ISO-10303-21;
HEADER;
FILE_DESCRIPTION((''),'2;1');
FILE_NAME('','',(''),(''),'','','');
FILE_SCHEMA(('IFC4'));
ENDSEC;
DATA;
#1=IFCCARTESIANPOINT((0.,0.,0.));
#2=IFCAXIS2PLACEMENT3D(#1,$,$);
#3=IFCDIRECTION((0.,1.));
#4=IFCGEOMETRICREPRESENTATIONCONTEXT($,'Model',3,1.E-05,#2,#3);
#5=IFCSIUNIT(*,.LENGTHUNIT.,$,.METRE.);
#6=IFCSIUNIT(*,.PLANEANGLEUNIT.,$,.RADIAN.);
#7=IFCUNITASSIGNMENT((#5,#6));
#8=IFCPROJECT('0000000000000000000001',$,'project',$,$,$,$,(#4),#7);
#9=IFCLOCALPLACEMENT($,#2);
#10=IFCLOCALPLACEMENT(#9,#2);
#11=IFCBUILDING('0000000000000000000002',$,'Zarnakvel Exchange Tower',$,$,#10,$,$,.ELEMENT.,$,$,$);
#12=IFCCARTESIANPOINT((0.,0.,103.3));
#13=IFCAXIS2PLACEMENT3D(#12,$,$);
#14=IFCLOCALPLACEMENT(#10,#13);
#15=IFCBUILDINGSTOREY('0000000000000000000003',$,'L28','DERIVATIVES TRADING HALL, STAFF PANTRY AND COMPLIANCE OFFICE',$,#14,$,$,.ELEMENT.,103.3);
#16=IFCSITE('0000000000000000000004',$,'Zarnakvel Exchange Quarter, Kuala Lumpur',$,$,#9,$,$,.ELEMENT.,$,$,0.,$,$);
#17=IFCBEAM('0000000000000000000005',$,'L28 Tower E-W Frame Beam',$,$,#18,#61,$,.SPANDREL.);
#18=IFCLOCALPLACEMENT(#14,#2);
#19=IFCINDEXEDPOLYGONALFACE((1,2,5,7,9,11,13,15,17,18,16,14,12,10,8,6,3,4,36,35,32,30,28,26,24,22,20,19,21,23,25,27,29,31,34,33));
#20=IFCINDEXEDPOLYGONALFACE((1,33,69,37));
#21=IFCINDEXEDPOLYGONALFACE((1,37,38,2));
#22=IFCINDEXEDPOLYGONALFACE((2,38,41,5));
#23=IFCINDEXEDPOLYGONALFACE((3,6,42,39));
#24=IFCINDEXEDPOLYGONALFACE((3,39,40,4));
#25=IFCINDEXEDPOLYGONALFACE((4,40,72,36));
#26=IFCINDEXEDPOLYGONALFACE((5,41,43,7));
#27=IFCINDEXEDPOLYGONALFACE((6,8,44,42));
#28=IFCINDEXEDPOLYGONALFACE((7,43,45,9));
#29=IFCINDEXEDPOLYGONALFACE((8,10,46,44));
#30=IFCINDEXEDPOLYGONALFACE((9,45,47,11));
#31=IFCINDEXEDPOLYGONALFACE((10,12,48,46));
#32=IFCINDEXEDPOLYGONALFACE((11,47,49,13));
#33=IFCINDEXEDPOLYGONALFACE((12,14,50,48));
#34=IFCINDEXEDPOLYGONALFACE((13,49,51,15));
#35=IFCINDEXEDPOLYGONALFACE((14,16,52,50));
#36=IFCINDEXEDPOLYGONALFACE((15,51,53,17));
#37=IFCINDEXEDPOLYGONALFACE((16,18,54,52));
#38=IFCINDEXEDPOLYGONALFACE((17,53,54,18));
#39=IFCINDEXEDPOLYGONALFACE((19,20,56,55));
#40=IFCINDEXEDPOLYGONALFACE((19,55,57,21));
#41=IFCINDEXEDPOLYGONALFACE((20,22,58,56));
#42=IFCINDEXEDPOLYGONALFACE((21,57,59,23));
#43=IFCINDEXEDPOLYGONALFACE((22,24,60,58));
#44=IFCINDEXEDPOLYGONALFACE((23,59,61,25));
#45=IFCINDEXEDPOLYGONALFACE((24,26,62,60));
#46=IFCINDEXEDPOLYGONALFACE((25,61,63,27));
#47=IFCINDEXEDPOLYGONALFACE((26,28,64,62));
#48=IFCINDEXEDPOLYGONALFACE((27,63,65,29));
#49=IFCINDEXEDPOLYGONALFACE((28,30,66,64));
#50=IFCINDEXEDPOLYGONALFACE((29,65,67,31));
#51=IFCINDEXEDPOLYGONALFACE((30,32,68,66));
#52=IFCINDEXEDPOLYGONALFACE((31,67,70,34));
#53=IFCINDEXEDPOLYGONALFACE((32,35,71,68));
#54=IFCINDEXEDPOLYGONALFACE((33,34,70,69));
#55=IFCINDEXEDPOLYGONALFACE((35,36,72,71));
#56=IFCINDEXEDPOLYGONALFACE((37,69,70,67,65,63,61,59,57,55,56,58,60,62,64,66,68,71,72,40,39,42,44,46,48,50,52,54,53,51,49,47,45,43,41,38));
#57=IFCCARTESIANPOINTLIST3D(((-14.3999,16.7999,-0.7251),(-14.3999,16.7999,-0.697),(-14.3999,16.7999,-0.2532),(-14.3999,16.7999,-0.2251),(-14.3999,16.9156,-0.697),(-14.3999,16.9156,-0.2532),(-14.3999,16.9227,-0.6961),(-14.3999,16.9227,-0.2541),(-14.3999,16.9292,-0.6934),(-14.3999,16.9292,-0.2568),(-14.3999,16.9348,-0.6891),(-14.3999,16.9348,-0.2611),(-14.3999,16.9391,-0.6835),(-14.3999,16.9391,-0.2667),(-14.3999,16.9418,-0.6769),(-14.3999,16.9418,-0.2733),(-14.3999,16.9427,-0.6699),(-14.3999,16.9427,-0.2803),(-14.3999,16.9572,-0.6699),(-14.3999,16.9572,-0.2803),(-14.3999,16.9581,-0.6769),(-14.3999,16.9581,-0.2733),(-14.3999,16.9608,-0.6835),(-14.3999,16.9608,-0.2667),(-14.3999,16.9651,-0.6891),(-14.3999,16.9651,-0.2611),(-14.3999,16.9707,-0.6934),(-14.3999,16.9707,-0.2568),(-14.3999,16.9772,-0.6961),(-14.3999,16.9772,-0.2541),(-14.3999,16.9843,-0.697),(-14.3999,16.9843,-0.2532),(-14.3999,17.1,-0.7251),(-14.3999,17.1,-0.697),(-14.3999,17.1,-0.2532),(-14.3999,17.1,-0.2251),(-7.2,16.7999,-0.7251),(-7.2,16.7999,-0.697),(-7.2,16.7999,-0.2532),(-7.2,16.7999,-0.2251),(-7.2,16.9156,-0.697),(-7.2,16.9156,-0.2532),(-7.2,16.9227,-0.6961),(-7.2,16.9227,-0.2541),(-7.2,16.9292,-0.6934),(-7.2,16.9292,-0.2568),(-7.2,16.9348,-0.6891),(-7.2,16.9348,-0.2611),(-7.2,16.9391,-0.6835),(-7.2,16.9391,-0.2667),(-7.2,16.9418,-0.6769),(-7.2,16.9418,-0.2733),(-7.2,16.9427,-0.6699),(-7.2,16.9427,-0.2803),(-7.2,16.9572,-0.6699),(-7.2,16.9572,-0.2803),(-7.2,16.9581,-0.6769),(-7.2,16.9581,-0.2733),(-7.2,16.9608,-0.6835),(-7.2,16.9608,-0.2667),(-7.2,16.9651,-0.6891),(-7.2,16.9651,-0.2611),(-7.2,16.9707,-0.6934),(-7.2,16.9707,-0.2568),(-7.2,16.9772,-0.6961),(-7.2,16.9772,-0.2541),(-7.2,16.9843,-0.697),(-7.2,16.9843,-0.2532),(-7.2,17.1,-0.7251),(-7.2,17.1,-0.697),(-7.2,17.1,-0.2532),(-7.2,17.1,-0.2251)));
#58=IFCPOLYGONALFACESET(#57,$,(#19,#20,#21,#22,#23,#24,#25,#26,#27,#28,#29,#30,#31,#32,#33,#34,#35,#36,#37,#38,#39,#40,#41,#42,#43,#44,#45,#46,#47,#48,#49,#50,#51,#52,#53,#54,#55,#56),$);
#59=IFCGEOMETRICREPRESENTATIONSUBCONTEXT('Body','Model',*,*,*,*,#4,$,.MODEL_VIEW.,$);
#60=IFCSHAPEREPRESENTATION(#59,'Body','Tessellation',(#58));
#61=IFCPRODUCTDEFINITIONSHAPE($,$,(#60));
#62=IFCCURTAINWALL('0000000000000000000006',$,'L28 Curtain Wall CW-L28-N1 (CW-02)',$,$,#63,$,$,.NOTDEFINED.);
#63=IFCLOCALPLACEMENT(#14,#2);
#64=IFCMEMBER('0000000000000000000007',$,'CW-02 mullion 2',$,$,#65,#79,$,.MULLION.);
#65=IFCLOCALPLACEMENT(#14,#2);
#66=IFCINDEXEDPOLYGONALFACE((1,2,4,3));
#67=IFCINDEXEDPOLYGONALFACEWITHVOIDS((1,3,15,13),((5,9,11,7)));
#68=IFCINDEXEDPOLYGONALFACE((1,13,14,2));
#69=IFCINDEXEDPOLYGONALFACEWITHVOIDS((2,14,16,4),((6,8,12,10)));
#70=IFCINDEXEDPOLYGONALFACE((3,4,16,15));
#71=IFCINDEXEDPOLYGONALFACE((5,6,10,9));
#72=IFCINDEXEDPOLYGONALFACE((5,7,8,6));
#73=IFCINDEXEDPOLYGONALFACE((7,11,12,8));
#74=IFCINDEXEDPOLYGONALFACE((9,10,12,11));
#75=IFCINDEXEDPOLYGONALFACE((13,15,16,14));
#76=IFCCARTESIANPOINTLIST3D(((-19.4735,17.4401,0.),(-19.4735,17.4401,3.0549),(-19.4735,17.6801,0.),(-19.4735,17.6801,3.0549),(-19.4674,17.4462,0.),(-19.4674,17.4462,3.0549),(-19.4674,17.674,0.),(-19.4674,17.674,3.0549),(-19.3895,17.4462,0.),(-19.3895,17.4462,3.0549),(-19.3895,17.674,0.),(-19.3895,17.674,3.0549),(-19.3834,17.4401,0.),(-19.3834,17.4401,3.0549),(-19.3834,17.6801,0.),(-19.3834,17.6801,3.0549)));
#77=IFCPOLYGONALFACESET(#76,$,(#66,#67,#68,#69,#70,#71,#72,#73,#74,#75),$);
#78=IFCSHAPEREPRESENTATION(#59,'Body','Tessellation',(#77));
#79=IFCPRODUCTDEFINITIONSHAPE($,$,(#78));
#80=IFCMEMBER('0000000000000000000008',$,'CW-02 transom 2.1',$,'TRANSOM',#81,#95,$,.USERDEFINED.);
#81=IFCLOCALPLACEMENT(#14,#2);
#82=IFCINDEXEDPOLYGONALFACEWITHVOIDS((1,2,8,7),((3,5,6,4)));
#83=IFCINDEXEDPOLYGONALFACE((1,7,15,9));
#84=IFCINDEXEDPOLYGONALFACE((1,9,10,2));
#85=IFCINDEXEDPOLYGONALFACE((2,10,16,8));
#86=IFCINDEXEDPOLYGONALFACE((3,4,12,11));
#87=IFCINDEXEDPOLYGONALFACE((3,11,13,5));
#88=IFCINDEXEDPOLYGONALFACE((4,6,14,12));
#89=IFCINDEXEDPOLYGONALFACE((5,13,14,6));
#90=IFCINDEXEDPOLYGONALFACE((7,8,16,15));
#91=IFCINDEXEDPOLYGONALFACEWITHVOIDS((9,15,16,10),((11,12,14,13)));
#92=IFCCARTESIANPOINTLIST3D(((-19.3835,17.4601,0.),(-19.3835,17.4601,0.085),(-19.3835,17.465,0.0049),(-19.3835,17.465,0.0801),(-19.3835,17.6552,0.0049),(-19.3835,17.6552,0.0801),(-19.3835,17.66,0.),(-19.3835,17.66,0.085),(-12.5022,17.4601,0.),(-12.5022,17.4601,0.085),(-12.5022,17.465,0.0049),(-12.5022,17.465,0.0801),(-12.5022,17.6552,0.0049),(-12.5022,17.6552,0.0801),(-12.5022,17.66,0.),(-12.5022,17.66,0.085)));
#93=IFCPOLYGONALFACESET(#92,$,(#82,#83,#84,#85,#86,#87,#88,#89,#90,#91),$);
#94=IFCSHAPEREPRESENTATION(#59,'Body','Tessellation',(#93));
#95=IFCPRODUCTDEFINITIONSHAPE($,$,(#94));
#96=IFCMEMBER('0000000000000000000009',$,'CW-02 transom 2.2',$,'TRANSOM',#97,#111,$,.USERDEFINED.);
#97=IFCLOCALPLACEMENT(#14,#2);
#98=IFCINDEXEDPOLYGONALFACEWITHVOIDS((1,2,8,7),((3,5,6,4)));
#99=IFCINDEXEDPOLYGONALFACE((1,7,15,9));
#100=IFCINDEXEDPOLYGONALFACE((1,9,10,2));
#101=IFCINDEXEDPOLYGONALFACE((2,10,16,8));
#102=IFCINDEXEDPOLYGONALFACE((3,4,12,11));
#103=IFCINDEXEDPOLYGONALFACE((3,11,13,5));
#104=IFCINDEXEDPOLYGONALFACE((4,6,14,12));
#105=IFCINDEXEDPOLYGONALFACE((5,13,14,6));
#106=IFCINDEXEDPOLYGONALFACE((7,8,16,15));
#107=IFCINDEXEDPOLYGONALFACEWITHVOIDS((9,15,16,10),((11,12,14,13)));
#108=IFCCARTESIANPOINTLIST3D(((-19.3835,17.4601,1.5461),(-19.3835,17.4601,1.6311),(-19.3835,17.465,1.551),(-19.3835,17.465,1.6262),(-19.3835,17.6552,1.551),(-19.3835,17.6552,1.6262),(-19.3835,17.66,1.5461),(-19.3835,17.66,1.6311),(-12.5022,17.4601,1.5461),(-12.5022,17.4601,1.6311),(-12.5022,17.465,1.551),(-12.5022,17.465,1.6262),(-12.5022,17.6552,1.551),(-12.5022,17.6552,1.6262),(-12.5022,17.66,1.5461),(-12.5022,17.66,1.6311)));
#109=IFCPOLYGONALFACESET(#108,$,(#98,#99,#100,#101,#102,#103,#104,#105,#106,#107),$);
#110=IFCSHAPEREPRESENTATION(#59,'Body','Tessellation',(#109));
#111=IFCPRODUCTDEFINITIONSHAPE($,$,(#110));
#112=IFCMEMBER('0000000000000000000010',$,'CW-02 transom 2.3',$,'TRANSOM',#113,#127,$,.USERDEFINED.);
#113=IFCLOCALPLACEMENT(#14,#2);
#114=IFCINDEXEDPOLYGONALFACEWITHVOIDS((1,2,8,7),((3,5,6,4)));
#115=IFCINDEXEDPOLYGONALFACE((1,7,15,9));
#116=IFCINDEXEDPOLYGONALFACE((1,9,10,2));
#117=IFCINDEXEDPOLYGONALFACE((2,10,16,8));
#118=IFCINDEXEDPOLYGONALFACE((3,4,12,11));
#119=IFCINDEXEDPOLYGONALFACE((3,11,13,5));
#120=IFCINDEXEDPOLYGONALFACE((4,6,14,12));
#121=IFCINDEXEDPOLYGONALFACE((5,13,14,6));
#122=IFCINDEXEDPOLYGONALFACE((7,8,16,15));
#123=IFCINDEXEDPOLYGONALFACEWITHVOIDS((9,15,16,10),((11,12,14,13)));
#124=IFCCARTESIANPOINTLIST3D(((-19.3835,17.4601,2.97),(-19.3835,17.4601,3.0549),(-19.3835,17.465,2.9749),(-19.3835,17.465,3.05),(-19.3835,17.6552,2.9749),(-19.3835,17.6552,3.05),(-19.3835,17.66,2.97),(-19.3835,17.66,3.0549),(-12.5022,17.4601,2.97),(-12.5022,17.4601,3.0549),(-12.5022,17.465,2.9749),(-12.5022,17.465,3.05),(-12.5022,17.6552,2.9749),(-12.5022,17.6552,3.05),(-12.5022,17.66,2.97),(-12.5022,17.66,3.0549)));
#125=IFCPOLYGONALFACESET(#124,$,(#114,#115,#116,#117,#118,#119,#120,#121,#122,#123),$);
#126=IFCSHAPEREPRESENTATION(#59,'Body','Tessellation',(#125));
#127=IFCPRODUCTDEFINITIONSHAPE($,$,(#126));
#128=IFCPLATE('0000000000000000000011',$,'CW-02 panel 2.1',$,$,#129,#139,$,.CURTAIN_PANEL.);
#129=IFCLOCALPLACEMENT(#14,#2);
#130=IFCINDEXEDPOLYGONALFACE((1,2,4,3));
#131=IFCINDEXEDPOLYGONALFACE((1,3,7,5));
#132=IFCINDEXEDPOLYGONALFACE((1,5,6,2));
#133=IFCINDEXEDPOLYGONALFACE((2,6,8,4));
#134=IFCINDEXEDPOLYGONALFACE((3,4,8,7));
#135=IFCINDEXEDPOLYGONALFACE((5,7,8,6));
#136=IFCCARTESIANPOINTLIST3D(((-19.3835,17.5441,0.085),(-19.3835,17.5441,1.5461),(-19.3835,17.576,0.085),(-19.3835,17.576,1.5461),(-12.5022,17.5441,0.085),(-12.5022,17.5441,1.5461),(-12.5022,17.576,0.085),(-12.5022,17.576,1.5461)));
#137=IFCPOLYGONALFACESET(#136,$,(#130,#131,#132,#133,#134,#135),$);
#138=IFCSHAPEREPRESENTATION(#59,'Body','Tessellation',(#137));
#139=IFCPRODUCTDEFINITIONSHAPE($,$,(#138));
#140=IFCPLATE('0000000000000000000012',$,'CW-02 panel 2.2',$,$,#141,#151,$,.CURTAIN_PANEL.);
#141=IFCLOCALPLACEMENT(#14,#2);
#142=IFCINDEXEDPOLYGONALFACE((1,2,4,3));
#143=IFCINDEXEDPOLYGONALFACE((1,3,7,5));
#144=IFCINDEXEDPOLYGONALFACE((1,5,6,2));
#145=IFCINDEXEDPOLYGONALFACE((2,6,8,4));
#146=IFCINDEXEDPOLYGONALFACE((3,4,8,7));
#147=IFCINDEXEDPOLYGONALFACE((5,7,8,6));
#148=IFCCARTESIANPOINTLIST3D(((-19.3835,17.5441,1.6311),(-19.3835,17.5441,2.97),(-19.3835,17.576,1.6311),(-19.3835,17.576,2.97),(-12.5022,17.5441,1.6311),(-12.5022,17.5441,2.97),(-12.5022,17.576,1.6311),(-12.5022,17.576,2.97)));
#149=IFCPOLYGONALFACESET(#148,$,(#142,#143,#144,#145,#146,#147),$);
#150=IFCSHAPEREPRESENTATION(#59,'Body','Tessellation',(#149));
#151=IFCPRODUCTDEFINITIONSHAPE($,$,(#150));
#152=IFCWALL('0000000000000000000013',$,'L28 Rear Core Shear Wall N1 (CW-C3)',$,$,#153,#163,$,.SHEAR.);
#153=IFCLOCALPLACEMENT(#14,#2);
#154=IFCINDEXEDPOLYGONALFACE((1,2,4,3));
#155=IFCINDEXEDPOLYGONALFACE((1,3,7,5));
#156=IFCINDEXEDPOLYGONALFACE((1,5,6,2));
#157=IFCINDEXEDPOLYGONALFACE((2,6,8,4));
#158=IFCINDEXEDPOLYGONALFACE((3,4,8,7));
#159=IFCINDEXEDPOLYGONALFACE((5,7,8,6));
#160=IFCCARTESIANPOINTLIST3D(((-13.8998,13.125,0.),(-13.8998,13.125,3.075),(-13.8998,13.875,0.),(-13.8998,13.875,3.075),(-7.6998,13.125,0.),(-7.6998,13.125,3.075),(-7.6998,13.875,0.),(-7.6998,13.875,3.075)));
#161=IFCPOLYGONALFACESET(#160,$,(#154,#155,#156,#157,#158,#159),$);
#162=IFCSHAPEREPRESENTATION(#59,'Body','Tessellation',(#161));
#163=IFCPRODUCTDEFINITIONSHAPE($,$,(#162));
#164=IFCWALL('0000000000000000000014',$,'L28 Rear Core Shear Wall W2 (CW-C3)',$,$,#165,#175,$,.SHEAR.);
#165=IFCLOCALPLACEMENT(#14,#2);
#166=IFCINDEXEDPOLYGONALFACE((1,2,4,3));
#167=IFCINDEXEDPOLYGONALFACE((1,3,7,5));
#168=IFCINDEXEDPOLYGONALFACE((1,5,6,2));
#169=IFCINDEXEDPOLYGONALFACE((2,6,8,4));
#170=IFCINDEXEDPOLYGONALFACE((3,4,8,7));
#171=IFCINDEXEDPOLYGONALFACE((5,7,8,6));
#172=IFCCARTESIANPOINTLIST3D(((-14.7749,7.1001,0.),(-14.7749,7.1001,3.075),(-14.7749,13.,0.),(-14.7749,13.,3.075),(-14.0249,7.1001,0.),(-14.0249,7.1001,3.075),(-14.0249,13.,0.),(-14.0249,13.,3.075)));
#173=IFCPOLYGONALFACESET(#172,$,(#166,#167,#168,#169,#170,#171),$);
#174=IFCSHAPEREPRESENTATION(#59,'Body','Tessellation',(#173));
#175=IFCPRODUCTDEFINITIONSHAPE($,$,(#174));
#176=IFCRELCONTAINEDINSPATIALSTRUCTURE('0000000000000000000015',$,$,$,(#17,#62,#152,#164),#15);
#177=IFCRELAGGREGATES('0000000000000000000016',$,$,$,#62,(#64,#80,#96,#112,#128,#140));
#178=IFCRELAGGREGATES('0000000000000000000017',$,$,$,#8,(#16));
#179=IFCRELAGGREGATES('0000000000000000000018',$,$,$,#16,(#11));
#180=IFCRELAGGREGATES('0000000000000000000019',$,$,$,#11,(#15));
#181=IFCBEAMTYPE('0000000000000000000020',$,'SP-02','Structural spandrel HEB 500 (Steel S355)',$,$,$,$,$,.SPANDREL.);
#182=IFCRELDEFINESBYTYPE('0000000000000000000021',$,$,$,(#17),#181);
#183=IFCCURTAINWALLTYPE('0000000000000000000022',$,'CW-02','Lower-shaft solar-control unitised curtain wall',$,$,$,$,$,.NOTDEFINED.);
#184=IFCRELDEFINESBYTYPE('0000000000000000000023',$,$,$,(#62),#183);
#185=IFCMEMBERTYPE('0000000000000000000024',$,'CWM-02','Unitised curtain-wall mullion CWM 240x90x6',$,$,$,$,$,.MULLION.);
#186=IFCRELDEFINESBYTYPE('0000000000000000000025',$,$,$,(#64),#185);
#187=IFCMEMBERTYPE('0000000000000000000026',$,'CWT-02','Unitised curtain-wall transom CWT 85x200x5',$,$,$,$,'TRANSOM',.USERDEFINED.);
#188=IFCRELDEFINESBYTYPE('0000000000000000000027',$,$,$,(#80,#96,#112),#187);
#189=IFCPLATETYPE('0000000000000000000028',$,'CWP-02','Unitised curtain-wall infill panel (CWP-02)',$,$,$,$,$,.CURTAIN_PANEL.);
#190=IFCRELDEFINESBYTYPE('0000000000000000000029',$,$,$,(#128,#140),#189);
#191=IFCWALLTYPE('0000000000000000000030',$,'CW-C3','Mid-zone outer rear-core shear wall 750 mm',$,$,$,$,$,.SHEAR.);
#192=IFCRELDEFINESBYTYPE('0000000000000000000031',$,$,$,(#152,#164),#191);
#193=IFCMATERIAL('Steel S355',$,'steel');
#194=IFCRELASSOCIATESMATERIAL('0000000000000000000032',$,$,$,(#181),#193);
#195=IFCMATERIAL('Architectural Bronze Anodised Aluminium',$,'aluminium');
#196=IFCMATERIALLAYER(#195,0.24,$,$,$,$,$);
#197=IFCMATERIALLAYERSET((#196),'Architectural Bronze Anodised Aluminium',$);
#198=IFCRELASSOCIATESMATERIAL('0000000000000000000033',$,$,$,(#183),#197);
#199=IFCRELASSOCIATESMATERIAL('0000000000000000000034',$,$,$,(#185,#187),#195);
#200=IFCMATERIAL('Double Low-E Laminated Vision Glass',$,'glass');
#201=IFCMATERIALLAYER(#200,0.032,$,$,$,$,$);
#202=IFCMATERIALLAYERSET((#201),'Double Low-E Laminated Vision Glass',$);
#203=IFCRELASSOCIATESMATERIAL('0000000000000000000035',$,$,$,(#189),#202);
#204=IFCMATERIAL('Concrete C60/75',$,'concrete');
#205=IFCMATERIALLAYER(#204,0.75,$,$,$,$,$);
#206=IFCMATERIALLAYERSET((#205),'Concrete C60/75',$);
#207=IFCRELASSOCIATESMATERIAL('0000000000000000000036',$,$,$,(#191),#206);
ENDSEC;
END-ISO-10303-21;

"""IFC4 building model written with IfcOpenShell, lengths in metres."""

from ifc_helpers import new_model, si_unit, direction, frame, frame_2d, origin, origin_2d, place, context, subcontext, project, spatial, rectangle, hollow_rectangle, i_section, extrude, source, transform, mapped, material, layer, layer_set, material_profile, profile_set, type_object, element, aggregate, save


model = new_model("IFC4")

# Units and contexts
model_context = context("Model", 3, precision=1e-05, world=origin(), true_north=direction((0.0, 1.0)))
body_context = subcontext(model_context, "Body", "Model", "MODEL_VIEW")
ifc_project = project(units=[si_unit("LENGTHUNIT", "METRE"), si_unit("PLANEANGLEUNIT", "RADIAN")], contexts=[model_context])

# Site, building, storey
site_placement = place(None, origin())
site = spatial("IfcSite", under=ifc_project, at=site_placement, Name="Zarnakvel Exchange Quarter, Kuala Lumpur", CompositionType="ELEMENT", RefElevation=0.0)
building_placement = place(site_placement, origin())
building = spatial("IfcBuilding", under=site, at=building_placement, Name="Zarnakvel Exchange Tower", CompositionType="ELEMENT")
storey_placement = place(building_placement, frame((0.0, 0.0, 103.3)))
storey = spatial("IfcBuildingStorey", under=building, at=storey_placement, Name="L28", Description="DERIVATIVES TRADING HALL, STAFF PANTRY AND COMPLIANCE OFFICE", CompositionType="ELEMENT", Elevation=103.3)

# Shared definitions
ifc_material_1 = material(Name="Concrete C60/75", Category="concrete")

# Beam
ifc_material_2 = material(Name="Steel S355", Category="steel")
ifc_material_profile_1 = material_profile(ifc_material_2, i_section(OverallWidth=0.3, OverallDepth=0.5, WebThickness=0.0144, FlangeThickness=0.0281, FilletRadius=0.0271, at=origin_2d()))
ifc_profile_set_1 = profile_set([ifc_material_profile_1], Name="Steel S355")
beam_type_1 = type_object("IfcBeamType", Name="SP-02", Description="Structural spandrel HEB 500 (Steel S355)", PredefinedType="SPANDREL", material=ifc_profile_set_1)
beam_1_placement = place(storey_placement, frame((-14.3999, 16.95, -0.4751), z_axis=(1.0, 0.0, 0.0), x_axis=(0.0, 1.0, 0.0)))
element("IfcBeam", 1, at=beam_1_placement, inside=storey, type_object=beam_type_1, Name="L28 Tower E-W Frame Beam", PredefinedType="SPANDREL", context=body_context, shape_type="SweptSolid", body=[
    extrude(i_section(OverallWidth=0.3, OverallDepth=0.5, WebThickness=0.0144, FlangeThickness=0.0281, FilletRadius=0.0271, at=origin_2d()), origin(), (0.0, 0.0, 1.0), 7.2),
])

# Curtain wall, members, plates
ifc_material_3 = material(Name="Architectural Bronze Anodised Aluminium", Category="aluminium")
ifc_layer_1 = layer(ifc_material_3, 0.24)
ifc_layer_set_1 = layer_set([ifc_layer_1], Name="Architectural Bronze Anodised Aluminium")
curtain_wall_type = type_object("IfcCurtainWallType", Name="CW-02", Description="Lower-shaft solar-control unitised curtain wall", PredefinedType="NOTDEFINED", material=ifc_layer_set_1)
curtain_wall_placement = place(storey_placement, origin())
curtain_wall = element("IfcCurtainWall", 2, at=curtain_wall_placement, inside=storey, type_object=curtain_wall_type, Name="L28 Curtain Wall CW-L28-N1 (CW-02)", PredefinedType="NOTDEFINED")
ifc_material_profile_2 = material_profile(ifc_material_3, hollow_rectangle(XDim=0.24, YDim=0.0901, WallThickness=0.0061, at=origin_2d()))
ifc_profile_set_2 = profile_set([ifc_material_profile_2], Name="Architectural Bronze Anodised Aluminium")
member_type_1 = type_object("IfcMemberType", Name="CWM-02", Description="Unitised curtain-wall mullion CWM 240x90x6", PredefinedType="MULLION", material=ifc_profile_set_2)
shared_shape_1 = source(origin(), body_context, "Body", "SweptSolid", [
    extrude(hollow_rectangle(XDim=0.24, YDim=0.0901, WallThickness=0.0061, at=origin_2d()), origin(), (0.0, 0.0, 1.0), 3.0549),
])
member_1_placement = place(storey_placement, frame((-19.4285, 17.5601, 0.0), z_axis=(0.0, 0.0, 1.0), x_axis=(0.0, 1.0, 0.0)))
member_1 = element("IfcMember", 3, at=member_1_placement, type_object=member_type_1, Name="CW-02 mullion 2", PredefinedType="MULLION", context=body_context, shape_type="MappedRepresentation", body=[
    mapped(shared_shape_1, transform((0.0, 0.0, 0.0), x_axis=(1.0, 0.0, 0.0), y_axis=(0.0, 1.0, 0.0), z_axis=(0.0, 0.0, 1.0), scale=1.0)),
])
ifc_material_profile_3 = material_profile(ifc_material_3, hollow_rectangle(XDim=0.2, YDim=0.085, WallThickness=0.0049, at=origin_2d()))
ifc_profile_set_3 = profile_set([ifc_material_profile_3], Name="Architectural Bronze Anodised Aluminium")
member_type_2 = type_object("IfcMemberType", Name="CWT-02", Description="Unitised curtain-wall transom CWT 85x200x5", ElementType="TRANSOM", PredefinedType="USERDEFINED", material=ifc_profile_set_3)
shared_shape_2 = source(origin(), body_context, "Body", "SweptSolid", [
    extrude(hollow_rectangle(XDim=0.2, YDim=0.085, WallThickness=0.0049, at=origin_2d()), origin(), (0.0, 0.0, 1.0), 6.8813),
])
member_2_placement = place(storey_placement, frame((-19.3835, 17.5601, 0.0425), z_axis=(1.0, 0.0, 0.0), x_axis=(0.0, 1.0, 0.0)))
member_2 = element("IfcMember", 4, at=member_2_placement, type_object=member_type_2, Name="CW-02 transom 2.1", ObjectType="TRANSOM", PredefinedType="USERDEFINED", context=body_context, shape_type="MappedRepresentation", body=[
    mapped(shared_shape_2, transform((0.0, 0.0, 0.0), x_axis=(1.0, 0.0, 0.0), y_axis=(0.0, 1.0, 0.0), z_axis=(0.0, 0.0, 1.0), scale=1.0)),
])
member_3_placement = place(storey_placement, frame((-19.3835, 17.5601, 1.5886), z_axis=(1.0, 0.0, 0.0), x_axis=(0.0, 1.0, 0.0)))
member_3 = element("IfcMember", 5, at=member_3_placement, type_object=member_type_2, Name="CW-02 transom 2.2", ObjectType="TRANSOM", PredefinedType="USERDEFINED", context=body_context, shape_type="MappedRepresentation", body=[
    mapped(shared_shape_2, transform((0.0, 0.0, 0.0), x_axis=(1.0, 0.0, 0.0), y_axis=(0.0, 1.0, 0.0), z_axis=(0.0, 0.0, 1.0), scale=1.0)),
])
member_4_placement = place(storey_placement, frame((-19.3835, 17.5601, 3.0125), z_axis=(1.0, 0.0, 0.0), x_axis=(0.0, 1.0, 0.0)))
member_4 = element("IfcMember", 6, at=member_4_placement, type_object=member_type_2, Name="CW-02 transom 2.3", ObjectType="TRANSOM", PredefinedType="USERDEFINED", context=body_context, shape_type="MappedRepresentation", body=[
    mapped(shared_shape_2, transform((0.0, 0.0, 0.0), x_axis=(1.0, 0.0, 0.0), y_axis=(0.0, 1.0, 0.0), z_axis=(0.0, 0.0, 1.0), scale=1.0)),
])
ifc_material_4 = material(Name="Double Low-E Laminated Vision Glass", Category="glass")
ifc_layer_2 = layer(ifc_material_4, 0.032)
ifc_layer_set_2 = layer_set([ifc_layer_2], Name="Double Low-E Laminated Vision Glass")
plate_type = type_object("IfcPlateType", Name="CWP-02", Description="Unitised curtain-wall infill panel (CWP-02)", PredefinedType="CURTAIN_PANEL", material=ifc_layer_set_2)
shared_shape_3 = source(origin(), body_context, "Body", "SweptSolid", [
    extrude(rectangle(XDim=6.8813, YDim=0.032, at=origin_2d()), origin(), (0.0, 0.0, 1.0), 1.4612),
])
plate_1_placement = place(storey_placement, frame((-15.9429, 17.5601, 0.085), z_axis=(0.0, 0.0, 1.0), x_axis=(1.0, 0.0, 0.0)))
plate_1 = element("IfcPlate", 7, at=plate_1_placement, type_object=plate_type, Name="CW-02 panel 2.1", PredefinedType="CURTAIN_PANEL", context=body_context, shape_type="MappedRepresentation", body=[
    mapped(shared_shape_3, transform((0.0, 0.0, 0.0), x_axis=(1.0, 0.0, 0.0), y_axis=(0.0, 1.0, 0.0), z_axis=(0.0, 0.0, 1.0), scale=1.0)),
])
shared_shape_4 = source(origin(), body_context, "Body", "SweptSolid", [
    extrude(rectangle(XDim=6.8813, YDim=0.032, at=origin_2d()), origin(), (0.0, 0.0, 1.0), 1.3389),
])
plate_2_placement = place(storey_placement, frame((-15.9429, 17.5601, 1.6311), z_axis=(0.0, 0.0, 1.0), x_axis=(1.0, 0.0, 0.0)))
plate_2 = element("IfcPlate", 8, at=plate_2_placement, type_object=plate_type, Name="CW-02 panel 2.2", PredefinedType="CURTAIN_PANEL", context=body_context, shape_type="MappedRepresentation", body=[
    mapped(shared_shape_4, transform((0.0, 0.0, 0.0), x_axis=(1.0, 0.0, 0.0), y_axis=(0.0, 1.0, 0.0), z_axis=(0.0, 0.0, 1.0), scale=1.0)),
])
aggregate(curtain_wall, [member_1, member_2, member_3, member_4, plate_1, plate_2])

# Walls
ifc_layer_3 = layer(ifc_material_1, 0.75)
ifc_layer_set_3 = layer_set([ifc_layer_3], Name="Concrete C60/75")
wall_type_1 = type_object("IfcWallType", Name="CW-C3", Description="Mid-zone outer rear-core shear wall 750 mm", PredefinedType="SHEAR", material=ifc_layer_set_3)
wall_1_placement = place(storey_placement, frame((-13.8999, 13.5, 0.0), z_axis=(0.0, 0.0, 1.0), x_axis=(1.0, 0.0, 0.0)))
element("IfcWall", 9, at=wall_1_placement, inside=storey, type_object=wall_type_1, Name="L28 Rear Core Shear Wall N1 (CW-C3)", PredefinedType="SHEAR", context=body_context, shape_type="SweptSolid", body=[
    extrude(rectangle(XDim=6.2, YDim=0.75, at=frame_2d((3.1001, 0.0))), origin(), (0.0, 0.0, 1.0), 3.075),
])
wall_2_placement = place(storey_placement, frame((-14.3999, 7.1001, 0.0), z_axis=(0.0, 0.0, 1.0), x_axis=(0.0, 1.0, 0.0)))
element("IfcWall", 10, at=wall_2_placement, inside=storey, type_object=wall_type_1, Name="L28 Rear Core Shear Wall W2 (CW-C3)", PredefinedType="SHEAR", context=body_context, shape_type="SweptSolid", body=[
    extrude(rectangle(XDim=5.8999, YDim=0.75, at=frame_2d((2.95, 0.0))), origin(), (0.0, 0.0, 1.0), 3.075),
])

save(model, "model.ifc")
